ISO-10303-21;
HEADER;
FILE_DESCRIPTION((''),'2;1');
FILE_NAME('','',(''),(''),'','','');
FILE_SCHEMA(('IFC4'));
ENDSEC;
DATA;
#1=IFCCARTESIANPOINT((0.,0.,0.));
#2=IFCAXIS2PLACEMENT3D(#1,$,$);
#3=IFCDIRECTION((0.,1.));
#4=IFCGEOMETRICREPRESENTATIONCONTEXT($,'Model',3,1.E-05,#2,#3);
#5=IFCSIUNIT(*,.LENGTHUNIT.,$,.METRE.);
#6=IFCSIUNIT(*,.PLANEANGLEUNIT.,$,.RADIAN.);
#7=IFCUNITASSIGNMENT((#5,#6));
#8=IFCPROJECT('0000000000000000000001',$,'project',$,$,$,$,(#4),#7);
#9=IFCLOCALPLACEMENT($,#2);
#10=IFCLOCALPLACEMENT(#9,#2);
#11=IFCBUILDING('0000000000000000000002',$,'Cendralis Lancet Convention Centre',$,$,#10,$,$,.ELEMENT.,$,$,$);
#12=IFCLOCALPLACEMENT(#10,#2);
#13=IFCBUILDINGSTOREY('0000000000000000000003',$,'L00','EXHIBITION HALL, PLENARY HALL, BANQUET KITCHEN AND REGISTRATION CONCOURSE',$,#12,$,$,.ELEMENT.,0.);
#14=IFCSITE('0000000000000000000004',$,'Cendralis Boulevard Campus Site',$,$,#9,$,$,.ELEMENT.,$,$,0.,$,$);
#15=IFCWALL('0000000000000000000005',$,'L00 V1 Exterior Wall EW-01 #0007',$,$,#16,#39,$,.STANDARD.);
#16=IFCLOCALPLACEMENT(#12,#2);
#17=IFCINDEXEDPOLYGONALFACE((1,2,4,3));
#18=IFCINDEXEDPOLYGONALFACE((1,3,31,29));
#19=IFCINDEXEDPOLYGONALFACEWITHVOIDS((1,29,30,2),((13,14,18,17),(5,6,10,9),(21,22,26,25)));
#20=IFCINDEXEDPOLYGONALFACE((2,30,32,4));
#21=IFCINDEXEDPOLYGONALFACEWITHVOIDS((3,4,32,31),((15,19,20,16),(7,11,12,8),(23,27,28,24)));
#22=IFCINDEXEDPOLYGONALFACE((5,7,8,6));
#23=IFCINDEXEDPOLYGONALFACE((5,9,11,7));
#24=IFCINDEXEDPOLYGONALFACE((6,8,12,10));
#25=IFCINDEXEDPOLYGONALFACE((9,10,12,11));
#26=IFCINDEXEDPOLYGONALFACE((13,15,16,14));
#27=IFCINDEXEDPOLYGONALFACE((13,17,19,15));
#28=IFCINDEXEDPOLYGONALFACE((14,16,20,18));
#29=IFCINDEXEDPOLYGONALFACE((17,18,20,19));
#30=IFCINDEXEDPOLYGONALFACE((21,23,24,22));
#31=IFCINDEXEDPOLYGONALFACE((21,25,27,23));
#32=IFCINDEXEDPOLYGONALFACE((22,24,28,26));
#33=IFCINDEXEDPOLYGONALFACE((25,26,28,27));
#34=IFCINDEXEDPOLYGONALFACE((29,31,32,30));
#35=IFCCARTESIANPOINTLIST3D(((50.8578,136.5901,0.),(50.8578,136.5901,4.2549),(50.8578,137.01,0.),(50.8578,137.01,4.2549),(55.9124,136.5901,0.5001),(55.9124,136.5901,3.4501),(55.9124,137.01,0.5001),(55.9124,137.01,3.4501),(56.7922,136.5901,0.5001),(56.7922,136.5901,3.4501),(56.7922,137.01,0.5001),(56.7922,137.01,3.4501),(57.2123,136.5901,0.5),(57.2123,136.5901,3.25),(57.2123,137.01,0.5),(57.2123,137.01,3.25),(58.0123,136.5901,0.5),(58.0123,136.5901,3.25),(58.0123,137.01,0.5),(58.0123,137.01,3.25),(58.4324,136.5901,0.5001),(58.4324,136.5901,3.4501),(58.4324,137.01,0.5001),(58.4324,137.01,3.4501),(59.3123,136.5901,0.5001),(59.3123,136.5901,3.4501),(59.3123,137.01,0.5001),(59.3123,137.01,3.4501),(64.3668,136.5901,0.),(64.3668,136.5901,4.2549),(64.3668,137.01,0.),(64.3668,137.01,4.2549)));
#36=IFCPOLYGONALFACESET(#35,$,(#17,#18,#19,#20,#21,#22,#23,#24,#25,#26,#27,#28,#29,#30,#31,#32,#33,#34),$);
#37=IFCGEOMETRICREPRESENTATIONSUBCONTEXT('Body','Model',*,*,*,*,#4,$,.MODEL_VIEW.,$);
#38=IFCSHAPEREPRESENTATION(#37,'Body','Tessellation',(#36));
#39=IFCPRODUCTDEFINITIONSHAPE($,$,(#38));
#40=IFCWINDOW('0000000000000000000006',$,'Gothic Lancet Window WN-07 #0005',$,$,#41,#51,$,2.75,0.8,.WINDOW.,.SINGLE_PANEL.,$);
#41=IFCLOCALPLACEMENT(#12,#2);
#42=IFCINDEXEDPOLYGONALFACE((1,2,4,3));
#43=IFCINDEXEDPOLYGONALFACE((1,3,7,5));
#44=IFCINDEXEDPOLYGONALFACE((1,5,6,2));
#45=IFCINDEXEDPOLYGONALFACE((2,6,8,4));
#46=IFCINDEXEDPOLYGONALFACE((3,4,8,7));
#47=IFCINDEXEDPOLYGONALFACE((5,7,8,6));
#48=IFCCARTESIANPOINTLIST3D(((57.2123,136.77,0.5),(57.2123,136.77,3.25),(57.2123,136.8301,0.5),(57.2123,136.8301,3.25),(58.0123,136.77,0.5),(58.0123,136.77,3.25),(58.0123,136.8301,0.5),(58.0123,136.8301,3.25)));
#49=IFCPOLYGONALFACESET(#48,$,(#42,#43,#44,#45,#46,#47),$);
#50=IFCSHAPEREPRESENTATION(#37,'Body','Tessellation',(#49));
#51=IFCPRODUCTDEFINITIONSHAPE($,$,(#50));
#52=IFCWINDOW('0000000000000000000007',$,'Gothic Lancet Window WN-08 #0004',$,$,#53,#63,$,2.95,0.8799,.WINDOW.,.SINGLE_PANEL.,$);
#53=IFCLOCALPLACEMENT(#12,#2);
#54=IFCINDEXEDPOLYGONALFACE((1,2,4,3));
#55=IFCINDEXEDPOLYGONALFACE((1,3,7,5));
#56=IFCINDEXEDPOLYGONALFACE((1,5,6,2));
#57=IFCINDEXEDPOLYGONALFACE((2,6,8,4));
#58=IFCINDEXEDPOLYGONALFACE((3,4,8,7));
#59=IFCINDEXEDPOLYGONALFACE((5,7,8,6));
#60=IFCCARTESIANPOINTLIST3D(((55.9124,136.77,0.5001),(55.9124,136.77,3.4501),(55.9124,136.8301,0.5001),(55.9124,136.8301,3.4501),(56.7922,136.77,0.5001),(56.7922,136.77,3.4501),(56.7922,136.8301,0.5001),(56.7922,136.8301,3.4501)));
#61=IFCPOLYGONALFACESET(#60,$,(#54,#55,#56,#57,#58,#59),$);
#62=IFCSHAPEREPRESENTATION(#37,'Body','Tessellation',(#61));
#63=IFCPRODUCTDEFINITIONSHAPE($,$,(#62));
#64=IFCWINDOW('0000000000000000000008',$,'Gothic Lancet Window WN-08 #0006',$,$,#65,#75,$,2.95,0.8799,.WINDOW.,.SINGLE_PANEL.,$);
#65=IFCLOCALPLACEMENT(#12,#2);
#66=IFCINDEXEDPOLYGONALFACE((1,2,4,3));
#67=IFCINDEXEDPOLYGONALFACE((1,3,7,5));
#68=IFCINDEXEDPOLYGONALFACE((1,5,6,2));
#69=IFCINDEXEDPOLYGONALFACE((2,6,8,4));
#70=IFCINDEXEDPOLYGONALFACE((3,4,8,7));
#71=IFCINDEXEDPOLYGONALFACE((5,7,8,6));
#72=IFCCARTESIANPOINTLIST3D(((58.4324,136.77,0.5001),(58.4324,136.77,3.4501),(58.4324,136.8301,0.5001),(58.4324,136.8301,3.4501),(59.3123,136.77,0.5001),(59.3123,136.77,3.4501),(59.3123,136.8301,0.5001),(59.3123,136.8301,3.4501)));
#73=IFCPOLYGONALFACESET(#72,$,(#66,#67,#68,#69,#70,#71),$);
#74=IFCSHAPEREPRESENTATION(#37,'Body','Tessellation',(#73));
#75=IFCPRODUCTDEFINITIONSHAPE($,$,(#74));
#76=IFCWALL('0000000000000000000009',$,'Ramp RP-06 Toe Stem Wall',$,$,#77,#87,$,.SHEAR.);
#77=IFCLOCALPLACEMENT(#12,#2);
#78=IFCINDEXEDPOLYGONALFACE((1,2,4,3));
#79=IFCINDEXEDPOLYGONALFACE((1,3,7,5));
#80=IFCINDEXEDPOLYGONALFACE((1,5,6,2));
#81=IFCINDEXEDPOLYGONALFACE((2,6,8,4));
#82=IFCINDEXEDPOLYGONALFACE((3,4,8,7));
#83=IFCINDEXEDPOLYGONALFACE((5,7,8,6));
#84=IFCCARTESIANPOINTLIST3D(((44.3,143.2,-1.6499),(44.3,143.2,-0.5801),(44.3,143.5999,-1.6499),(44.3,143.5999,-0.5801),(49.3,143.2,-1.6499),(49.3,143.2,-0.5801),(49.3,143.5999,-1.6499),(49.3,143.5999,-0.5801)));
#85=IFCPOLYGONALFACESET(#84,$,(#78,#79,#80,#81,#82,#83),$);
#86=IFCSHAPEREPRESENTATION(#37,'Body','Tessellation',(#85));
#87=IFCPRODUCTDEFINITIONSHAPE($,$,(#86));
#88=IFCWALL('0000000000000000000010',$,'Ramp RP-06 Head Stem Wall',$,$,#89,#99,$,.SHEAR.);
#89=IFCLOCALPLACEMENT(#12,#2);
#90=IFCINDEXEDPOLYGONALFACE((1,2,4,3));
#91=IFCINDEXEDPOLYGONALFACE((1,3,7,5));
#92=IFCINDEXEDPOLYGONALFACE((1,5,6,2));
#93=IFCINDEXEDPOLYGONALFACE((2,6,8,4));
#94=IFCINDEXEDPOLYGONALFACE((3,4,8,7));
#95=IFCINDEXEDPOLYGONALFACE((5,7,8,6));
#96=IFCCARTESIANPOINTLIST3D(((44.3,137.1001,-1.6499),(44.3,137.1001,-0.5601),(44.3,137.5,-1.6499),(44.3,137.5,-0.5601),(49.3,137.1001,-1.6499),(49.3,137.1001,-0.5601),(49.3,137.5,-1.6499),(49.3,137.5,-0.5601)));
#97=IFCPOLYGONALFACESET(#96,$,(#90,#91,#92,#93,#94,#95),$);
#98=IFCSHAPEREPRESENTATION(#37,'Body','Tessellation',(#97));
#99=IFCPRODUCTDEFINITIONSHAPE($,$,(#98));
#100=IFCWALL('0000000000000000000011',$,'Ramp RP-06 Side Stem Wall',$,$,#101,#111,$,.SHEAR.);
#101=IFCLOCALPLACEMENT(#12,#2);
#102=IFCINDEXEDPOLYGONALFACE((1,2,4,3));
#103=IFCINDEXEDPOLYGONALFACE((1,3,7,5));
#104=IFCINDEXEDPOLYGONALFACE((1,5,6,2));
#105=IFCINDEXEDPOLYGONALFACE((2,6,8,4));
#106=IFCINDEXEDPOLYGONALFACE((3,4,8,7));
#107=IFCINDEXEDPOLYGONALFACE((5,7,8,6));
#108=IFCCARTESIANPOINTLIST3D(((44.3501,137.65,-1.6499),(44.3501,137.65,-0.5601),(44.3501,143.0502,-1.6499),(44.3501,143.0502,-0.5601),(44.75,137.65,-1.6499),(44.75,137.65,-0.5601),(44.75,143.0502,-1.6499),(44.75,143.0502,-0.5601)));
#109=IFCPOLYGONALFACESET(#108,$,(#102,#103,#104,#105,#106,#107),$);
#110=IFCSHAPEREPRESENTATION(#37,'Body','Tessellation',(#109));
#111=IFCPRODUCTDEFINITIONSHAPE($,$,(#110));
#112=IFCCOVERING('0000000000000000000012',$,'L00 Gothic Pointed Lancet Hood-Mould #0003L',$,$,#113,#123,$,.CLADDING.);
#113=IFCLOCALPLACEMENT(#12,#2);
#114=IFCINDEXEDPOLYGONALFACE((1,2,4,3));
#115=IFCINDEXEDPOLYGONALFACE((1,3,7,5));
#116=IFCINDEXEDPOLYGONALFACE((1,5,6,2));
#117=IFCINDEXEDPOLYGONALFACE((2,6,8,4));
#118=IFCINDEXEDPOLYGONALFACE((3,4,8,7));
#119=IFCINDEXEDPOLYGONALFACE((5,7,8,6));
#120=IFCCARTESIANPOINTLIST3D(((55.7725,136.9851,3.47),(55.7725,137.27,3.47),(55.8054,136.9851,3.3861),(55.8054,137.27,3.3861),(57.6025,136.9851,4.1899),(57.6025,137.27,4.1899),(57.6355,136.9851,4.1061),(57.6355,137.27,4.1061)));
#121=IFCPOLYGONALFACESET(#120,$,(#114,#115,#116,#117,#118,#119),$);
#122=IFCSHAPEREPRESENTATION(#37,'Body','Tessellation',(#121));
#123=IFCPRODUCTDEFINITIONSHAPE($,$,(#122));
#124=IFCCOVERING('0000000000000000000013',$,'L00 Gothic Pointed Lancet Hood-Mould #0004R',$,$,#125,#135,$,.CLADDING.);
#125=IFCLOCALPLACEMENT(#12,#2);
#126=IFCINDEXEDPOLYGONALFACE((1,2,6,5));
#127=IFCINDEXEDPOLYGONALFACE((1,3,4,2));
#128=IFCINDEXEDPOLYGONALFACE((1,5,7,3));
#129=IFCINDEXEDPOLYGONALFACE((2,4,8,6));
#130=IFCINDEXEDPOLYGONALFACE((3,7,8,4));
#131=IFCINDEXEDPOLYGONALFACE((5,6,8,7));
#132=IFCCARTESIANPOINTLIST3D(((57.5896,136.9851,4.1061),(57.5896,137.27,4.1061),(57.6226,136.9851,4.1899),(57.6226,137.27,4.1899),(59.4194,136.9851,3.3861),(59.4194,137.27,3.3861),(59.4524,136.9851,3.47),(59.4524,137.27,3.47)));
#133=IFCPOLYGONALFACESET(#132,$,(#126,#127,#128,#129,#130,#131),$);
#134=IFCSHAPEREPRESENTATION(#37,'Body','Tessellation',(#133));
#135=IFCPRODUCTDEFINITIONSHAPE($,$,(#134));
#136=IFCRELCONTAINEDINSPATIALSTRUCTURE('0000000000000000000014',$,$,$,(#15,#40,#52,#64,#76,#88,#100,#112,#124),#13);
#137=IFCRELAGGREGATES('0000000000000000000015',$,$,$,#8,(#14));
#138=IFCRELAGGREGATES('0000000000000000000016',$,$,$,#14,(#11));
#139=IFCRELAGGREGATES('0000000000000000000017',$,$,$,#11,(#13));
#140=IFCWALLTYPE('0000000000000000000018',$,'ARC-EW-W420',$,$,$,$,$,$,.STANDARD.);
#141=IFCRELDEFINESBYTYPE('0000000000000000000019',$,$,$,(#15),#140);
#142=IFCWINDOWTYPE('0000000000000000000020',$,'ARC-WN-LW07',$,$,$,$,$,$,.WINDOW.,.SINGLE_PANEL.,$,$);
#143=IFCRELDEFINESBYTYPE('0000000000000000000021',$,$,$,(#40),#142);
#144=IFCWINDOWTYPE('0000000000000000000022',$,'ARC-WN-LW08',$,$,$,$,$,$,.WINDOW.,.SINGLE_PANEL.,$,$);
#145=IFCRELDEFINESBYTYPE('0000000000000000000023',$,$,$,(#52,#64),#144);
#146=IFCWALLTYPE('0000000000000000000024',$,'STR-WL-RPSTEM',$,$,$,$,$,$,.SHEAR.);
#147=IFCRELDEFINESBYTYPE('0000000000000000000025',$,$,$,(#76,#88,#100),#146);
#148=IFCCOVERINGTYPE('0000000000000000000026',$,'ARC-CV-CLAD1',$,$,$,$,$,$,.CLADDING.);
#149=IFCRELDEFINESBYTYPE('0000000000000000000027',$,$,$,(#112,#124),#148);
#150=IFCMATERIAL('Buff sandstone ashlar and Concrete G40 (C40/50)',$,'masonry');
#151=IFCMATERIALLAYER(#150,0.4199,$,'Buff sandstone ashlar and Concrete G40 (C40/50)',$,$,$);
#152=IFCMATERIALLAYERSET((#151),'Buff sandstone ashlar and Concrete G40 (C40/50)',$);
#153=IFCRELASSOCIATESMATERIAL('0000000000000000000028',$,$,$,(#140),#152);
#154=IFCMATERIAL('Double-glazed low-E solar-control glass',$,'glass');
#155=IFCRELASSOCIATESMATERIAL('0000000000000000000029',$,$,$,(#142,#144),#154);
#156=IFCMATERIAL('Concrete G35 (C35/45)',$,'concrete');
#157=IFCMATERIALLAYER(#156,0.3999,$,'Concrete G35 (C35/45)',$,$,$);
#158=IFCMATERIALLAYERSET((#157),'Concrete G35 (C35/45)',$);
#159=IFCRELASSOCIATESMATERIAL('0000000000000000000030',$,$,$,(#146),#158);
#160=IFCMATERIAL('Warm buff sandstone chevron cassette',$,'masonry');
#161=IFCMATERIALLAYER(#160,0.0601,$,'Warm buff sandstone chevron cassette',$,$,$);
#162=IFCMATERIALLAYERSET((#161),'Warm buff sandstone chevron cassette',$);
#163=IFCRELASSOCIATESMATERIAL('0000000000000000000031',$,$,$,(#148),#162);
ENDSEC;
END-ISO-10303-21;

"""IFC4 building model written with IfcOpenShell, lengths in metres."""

from ifc_helpers import new_model, si_unit, direction, frame, frame_2d, origin, place, context, subcontext, project, spatial, polyline, rectangle, outline, extrude, material, layer, layer_set, type_object, element, fill, save


model = new_model("IFC4")

# Units and contexts
model_context = context("Model", 3, precision=1e-05, world=origin(), true_north=direction((0.0, 1.0)))
body_context = subcontext(model_context, "Body", "Model", "MODEL_VIEW")
ifc_project = project(units=[si_unit("LENGTHUNIT", "METRE"), si_unit("PLANEANGLEUNIT", "RADIAN")], contexts=[model_context])

# Site, building, storey
site_placement = place(None, origin())
site = spatial("IfcSite", under=ifc_project, at=site_placement, Name="Cendralis Boulevard Campus Site", CompositionType="ELEMENT", RefElevation=0.0)
building_placement = place(site_placement, origin())
building = spatial("IfcBuilding", under=site, at=building_placement, Name="Cendralis Lancet Convention Centre", CompositionType="ELEMENT")
storey_placement = place(building_placement, origin())
storey = spatial("IfcBuildingStorey", under=building, at=storey_placement, Name="L00", Description="EXHIBITION HALL, PLENARY HALL, BANQUET KITCHEN AND REGISTRATION CONCOURSE", CompositionType="ELEMENT", Elevation=0.0)

# Shared definitions
ifc_material_1 = material(Name="Concrete G35 (C35/45)", Category="concrete")

# Shared definitions
ifc_material_2 = material(Name="Buff sandstone ashlar and Concrete G40 (C40/50)", Category="masonry")
ifc_layer_1 = layer(ifc_material_2, 0.4199, Name="Buff sandstone ashlar and Concrete G40 (C40/50)")
ifc_layer_set_1 = layer_set([ifc_layer_1], Name="Buff sandstone ashlar and Concrete G40 (C40/50)")
wall_type_1 = type_object("IfcWallType", Name="ARC-EW-W420", PredefinedType="STANDARD", material=ifc_layer_set_1)

# Wall, openings, windows
wall_1_placement = place(storey_placement, frame((50.8579, 136.8, 0.0), z_axis=(0.0, 0.0, 1.0), x_axis=(1.0, 0.0, 0.0)))
wall_1 = element("IfcWall", 1, at=wall_1_placement, inside=storey, type_object=wall_type_1, Name="L00 V1 Exterior Wall EW-01 #0007", PredefinedType="STANDARD", context=body_context, shape_type="SweptSolid", body=[
    extrude(rectangle(XDim=13.509, YDim=0.4199, at=frame_2d((6.7544, 0.0))), origin(), (0.0, 0.0, 1.0), 4.2549),
])
opening_1_placement = place(wall_1_placement, frame((5.0544, 0.0, 0.5)))
opening_1 = element("IfcOpeningElement", 2, at=opening_1_placement, cuts=wall_1, PredefinedType="OPENING", context=body_context, shape_type="SweptSolid", body=[
    extrude(rectangle(XDim=0.8799, YDim=2.95, at=frame_2d((0.4399, 1.4751))), frame((0.0, 0.22, 0.0), z_axis=(0.0, -1.0, 0.0), x_axis=(1.0, 0.0, 0.0)), (0.0, 0.0, 1.0), 0.4399),
])
opening_2_placement = place(wall_1_placement, frame((6.3545, 0.0, 0.5)))
opening_2 = element("IfcOpeningElement", 3, at=opening_2_placement, cuts=wall_1, PredefinedType="OPENING", context=body_context, shape_type="SweptSolid", body=[
    extrude(rectangle(XDim=0.8, YDim=2.75, at=frame_2d((0.3999, 1.375))), frame((0.0, 0.22, 0.0), z_axis=(0.0, -1.0, 0.0), x_axis=(1.0, 0.0, 0.0)), (0.0, 0.0, 1.0), 0.4399),
])
opening_3_placement = place(wall_1_placement, frame((7.5745, 0.0, 0.5)))
opening_3 = element("IfcOpeningElement", 4, at=opening_3_placement, cuts=wall_1, PredefinedType="OPENING", context=body_context, shape_type="SweptSolid", body=[
    extrude(rectangle(XDim=0.8799, YDim=2.95, at=frame_2d((0.4399, 1.4751))), frame((0.0, 0.22, 0.0), z_axis=(0.0, -1.0, 0.0), x_axis=(1.0, 0.0, 0.0)), (0.0, 0.0, 1.0), 0.4399),
])
ifc_material_3 = material(Name="Double-glazed low-E solar-control glass", Category="glass")
window_type_1 = type_object("IfcWindowType", Name="ARC-WN-LW07", PartitioningType="SINGLE_PANEL", PredefinedType="WINDOW", material=ifc_material_3)
window_1_placement = place(opening_2_placement, origin())
window_1 = element("IfcWindow", 5, at=window_1_placement, inside=storey, type_object=window_type_1, Name="Gothic Lancet Window WN-07 #0005", OverallHeight=2.75, OverallWidth=0.8, PartitioningType="SINGLE_PANEL", PredefinedType="WINDOW", context=body_context, shape_type="SweptSolid", body=[
    extrude(rectangle(XDim=0.8, YDim=2.75, at=frame_2d((0.3999, 1.375))), frame((0.0, 0.03, 0.0), z_axis=(0.0, -1.0, 0.0), x_axis=(1.0, 0.0, 0.0)), (0.0, 0.0, 1.0), 0.0601),
])
fill(opening_2, window_1)
window_type_2 = type_object("IfcWindowType", Name="ARC-WN-LW08", PartitioningType="SINGLE_PANEL", PredefinedType="WINDOW", material=ifc_material_3)
window_2_placement = place(opening_1_placement, origin())
window_2 = element("IfcWindow", 6, at=window_2_placement, inside=storey, type_object=window_type_2, Name="Gothic Lancet Window WN-08 #0004", OverallHeight=2.95, OverallWidth=0.8799, PartitioningType="SINGLE_PANEL", PredefinedType="WINDOW", context=body_context, shape_type="SweptSolid", body=[
    extrude(rectangle(XDim=0.8799, YDim=2.95, at=frame_2d((0.4399, 1.4751))), frame((0.0, 0.03, 0.0), z_axis=(0.0, -1.0, 0.0), x_axis=(1.0, 0.0, 0.0)), (0.0, 0.0, 1.0), 0.0601),
])
fill(opening_1, window_2)
window_3_placement = place(opening_3_placement, origin())
window_3 = element("IfcWindow", 7, at=window_3_placement, inside=storey, type_object=window_type_2, Name="Gothic Lancet Window WN-08 #0006", OverallHeight=2.95, OverallWidth=0.8799, PartitioningType="SINGLE_PANEL", PredefinedType="WINDOW", context=body_context, shape_type="SweptSolid", body=[
    extrude(rectangle(XDim=0.8799, YDim=2.95, at=frame_2d((0.4399, 1.4751))), frame((0.0, 0.03, 0.0), z_axis=(0.0, -1.0, 0.0), x_axis=(1.0, 0.0, 0.0)), (0.0, 0.0, 1.0), 0.0601),
])
fill(opening_3, window_3)

# Walls
ifc_layer_2 = layer(ifc_material_1, 0.3999, Name="Concrete G35 (C35/45)")
ifc_layer_set_2 = layer_set([ifc_layer_2], Name="Concrete G35 (C35/45)")
wall_type_2 = type_object("IfcWallType", Name="STR-WL-RPSTEM", PredefinedType="SHEAR", material=ifc_layer_set_2)
wall_2_placement = place(storey_placement, frame((44.3, 143.3999, -1.6499), z_axis=(0.0, 0.0, 1.0), x_axis=(1.0, 0.0, 0.0)))
element("IfcWall", 8, at=wall_2_placement, inside=storey, type_object=wall_type_2, Name="Ramp RP-06 Toe Stem Wall", PredefinedType="SHEAR", context=body_context, shape_type="SweptSolid", body=[
    extrude(rectangle(XDim=5.0, YDim=0.3999, at=frame_2d((2.5, 0.0))), origin(), (0.0, 0.0, 1.0), 1.0698),
])
wall_3_placement = place(storey_placement, frame((44.3, 137.3, -1.6499), z_axis=(0.0, 0.0, 1.0), x_axis=(1.0, 0.0, 0.0)))
element("IfcWall", 9, at=wall_3_placement, inside=storey, type_object=wall_type_2, Name="Ramp RP-06 Head Stem Wall", PredefinedType="SHEAR", context=body_context, shape_type="SweptSolid", body=[
    extrude(rectangle(XDim=5.0, YDim=0.3999, at=frame_2d((2.5, 0.0))), origin(), (0.0, 0.0, 1.0), 1.0898),
])
wall_4_placement = place(storey_placement, frame((44.55, 137.6499, -1.6499), z_axis=(0.0, 0.0, 1.0), x_axis=(0.0, 1.0, 0.0)))
element("IfcWall", 10, at=wall_4_placement, inside=storey, type_object=wall_type_2, Name="Ramp RP-06 Side Stem Wall", PredefinedType="SHEAR", context=body_context, shape_type="SweptSolid", body=[
    extrude(rectangle(XDim=5.4001, YDim=0.3999, at=frame_2d((2.7002, 0.0))), origin(), (0.0, 0.0, 1.0), 1.0898),
])

# Coverings
ifc_material_4 = material(Name="Warm buff sandstone chevron cassette", Category="masonry")
ifc_layer_3 = layer(ifc_material_4, 0.0601, Name="Warm buff sandstone chevron cassette")
ifc_layer_set_3 = layer_set([ifc_layer_3], Name="Warm buff sandstone chevron cassette")
covering_type = type_object("IfcCoveringType", Name="ARC-CV-CLAD1", PredefinedType="CLADDING", material=ifc_layer_set_3)
covering_1_placement = place(storey_placement, frame((55.7725, 137.27, 3.47), z_axis=(-0.366098, 0.0, 0.930576), x_axis=(0.0, -1.0, 0.0)))
element("IfcCovering", 11, at=covering_1_placement, inside=storey, type_object=covering_type, Name="L00 Gothic Pointed Lancet Hood-Mould #0003L", PredefinedType="CLADDING", context=body_context, shape_type="SweptSolid", body=[
    extrude(outline(polyline([(0.0, 0.0), (0.2849, 0.0), (0.2849, 1.9666), (0.0, 1.9666), (0.0, 0.0)])), origin(), (0.0, 0.0, -1.0), 0.0901),
])
covering_2_placement = place(storey_placement, frame((57.6226, 137.27, 4.1899), z_axis=(0.36614, 0.0, 0.93056), x_axis=(0.0, -1.0, 0.0)))
element("IfcCovering", 12, at=covering_2_placement, inside=storey, type_object=covering_type, Name="L00 Gothic Pointed Lancet Hood-Mould #0004R", PredefinedType="CLADDING", context=body_context, shape_type="SweptSolid", body=[
    extrude(outline(polyline([(0.0, 0.0), (0.2849, 0.0), (0.2849, 1.9664), (0.0, 1.9664), (0.0, 0.0)])), origin(), (0.0, 0.0, -1.0), 0.0901),
])

save(model, "model.ifc")
